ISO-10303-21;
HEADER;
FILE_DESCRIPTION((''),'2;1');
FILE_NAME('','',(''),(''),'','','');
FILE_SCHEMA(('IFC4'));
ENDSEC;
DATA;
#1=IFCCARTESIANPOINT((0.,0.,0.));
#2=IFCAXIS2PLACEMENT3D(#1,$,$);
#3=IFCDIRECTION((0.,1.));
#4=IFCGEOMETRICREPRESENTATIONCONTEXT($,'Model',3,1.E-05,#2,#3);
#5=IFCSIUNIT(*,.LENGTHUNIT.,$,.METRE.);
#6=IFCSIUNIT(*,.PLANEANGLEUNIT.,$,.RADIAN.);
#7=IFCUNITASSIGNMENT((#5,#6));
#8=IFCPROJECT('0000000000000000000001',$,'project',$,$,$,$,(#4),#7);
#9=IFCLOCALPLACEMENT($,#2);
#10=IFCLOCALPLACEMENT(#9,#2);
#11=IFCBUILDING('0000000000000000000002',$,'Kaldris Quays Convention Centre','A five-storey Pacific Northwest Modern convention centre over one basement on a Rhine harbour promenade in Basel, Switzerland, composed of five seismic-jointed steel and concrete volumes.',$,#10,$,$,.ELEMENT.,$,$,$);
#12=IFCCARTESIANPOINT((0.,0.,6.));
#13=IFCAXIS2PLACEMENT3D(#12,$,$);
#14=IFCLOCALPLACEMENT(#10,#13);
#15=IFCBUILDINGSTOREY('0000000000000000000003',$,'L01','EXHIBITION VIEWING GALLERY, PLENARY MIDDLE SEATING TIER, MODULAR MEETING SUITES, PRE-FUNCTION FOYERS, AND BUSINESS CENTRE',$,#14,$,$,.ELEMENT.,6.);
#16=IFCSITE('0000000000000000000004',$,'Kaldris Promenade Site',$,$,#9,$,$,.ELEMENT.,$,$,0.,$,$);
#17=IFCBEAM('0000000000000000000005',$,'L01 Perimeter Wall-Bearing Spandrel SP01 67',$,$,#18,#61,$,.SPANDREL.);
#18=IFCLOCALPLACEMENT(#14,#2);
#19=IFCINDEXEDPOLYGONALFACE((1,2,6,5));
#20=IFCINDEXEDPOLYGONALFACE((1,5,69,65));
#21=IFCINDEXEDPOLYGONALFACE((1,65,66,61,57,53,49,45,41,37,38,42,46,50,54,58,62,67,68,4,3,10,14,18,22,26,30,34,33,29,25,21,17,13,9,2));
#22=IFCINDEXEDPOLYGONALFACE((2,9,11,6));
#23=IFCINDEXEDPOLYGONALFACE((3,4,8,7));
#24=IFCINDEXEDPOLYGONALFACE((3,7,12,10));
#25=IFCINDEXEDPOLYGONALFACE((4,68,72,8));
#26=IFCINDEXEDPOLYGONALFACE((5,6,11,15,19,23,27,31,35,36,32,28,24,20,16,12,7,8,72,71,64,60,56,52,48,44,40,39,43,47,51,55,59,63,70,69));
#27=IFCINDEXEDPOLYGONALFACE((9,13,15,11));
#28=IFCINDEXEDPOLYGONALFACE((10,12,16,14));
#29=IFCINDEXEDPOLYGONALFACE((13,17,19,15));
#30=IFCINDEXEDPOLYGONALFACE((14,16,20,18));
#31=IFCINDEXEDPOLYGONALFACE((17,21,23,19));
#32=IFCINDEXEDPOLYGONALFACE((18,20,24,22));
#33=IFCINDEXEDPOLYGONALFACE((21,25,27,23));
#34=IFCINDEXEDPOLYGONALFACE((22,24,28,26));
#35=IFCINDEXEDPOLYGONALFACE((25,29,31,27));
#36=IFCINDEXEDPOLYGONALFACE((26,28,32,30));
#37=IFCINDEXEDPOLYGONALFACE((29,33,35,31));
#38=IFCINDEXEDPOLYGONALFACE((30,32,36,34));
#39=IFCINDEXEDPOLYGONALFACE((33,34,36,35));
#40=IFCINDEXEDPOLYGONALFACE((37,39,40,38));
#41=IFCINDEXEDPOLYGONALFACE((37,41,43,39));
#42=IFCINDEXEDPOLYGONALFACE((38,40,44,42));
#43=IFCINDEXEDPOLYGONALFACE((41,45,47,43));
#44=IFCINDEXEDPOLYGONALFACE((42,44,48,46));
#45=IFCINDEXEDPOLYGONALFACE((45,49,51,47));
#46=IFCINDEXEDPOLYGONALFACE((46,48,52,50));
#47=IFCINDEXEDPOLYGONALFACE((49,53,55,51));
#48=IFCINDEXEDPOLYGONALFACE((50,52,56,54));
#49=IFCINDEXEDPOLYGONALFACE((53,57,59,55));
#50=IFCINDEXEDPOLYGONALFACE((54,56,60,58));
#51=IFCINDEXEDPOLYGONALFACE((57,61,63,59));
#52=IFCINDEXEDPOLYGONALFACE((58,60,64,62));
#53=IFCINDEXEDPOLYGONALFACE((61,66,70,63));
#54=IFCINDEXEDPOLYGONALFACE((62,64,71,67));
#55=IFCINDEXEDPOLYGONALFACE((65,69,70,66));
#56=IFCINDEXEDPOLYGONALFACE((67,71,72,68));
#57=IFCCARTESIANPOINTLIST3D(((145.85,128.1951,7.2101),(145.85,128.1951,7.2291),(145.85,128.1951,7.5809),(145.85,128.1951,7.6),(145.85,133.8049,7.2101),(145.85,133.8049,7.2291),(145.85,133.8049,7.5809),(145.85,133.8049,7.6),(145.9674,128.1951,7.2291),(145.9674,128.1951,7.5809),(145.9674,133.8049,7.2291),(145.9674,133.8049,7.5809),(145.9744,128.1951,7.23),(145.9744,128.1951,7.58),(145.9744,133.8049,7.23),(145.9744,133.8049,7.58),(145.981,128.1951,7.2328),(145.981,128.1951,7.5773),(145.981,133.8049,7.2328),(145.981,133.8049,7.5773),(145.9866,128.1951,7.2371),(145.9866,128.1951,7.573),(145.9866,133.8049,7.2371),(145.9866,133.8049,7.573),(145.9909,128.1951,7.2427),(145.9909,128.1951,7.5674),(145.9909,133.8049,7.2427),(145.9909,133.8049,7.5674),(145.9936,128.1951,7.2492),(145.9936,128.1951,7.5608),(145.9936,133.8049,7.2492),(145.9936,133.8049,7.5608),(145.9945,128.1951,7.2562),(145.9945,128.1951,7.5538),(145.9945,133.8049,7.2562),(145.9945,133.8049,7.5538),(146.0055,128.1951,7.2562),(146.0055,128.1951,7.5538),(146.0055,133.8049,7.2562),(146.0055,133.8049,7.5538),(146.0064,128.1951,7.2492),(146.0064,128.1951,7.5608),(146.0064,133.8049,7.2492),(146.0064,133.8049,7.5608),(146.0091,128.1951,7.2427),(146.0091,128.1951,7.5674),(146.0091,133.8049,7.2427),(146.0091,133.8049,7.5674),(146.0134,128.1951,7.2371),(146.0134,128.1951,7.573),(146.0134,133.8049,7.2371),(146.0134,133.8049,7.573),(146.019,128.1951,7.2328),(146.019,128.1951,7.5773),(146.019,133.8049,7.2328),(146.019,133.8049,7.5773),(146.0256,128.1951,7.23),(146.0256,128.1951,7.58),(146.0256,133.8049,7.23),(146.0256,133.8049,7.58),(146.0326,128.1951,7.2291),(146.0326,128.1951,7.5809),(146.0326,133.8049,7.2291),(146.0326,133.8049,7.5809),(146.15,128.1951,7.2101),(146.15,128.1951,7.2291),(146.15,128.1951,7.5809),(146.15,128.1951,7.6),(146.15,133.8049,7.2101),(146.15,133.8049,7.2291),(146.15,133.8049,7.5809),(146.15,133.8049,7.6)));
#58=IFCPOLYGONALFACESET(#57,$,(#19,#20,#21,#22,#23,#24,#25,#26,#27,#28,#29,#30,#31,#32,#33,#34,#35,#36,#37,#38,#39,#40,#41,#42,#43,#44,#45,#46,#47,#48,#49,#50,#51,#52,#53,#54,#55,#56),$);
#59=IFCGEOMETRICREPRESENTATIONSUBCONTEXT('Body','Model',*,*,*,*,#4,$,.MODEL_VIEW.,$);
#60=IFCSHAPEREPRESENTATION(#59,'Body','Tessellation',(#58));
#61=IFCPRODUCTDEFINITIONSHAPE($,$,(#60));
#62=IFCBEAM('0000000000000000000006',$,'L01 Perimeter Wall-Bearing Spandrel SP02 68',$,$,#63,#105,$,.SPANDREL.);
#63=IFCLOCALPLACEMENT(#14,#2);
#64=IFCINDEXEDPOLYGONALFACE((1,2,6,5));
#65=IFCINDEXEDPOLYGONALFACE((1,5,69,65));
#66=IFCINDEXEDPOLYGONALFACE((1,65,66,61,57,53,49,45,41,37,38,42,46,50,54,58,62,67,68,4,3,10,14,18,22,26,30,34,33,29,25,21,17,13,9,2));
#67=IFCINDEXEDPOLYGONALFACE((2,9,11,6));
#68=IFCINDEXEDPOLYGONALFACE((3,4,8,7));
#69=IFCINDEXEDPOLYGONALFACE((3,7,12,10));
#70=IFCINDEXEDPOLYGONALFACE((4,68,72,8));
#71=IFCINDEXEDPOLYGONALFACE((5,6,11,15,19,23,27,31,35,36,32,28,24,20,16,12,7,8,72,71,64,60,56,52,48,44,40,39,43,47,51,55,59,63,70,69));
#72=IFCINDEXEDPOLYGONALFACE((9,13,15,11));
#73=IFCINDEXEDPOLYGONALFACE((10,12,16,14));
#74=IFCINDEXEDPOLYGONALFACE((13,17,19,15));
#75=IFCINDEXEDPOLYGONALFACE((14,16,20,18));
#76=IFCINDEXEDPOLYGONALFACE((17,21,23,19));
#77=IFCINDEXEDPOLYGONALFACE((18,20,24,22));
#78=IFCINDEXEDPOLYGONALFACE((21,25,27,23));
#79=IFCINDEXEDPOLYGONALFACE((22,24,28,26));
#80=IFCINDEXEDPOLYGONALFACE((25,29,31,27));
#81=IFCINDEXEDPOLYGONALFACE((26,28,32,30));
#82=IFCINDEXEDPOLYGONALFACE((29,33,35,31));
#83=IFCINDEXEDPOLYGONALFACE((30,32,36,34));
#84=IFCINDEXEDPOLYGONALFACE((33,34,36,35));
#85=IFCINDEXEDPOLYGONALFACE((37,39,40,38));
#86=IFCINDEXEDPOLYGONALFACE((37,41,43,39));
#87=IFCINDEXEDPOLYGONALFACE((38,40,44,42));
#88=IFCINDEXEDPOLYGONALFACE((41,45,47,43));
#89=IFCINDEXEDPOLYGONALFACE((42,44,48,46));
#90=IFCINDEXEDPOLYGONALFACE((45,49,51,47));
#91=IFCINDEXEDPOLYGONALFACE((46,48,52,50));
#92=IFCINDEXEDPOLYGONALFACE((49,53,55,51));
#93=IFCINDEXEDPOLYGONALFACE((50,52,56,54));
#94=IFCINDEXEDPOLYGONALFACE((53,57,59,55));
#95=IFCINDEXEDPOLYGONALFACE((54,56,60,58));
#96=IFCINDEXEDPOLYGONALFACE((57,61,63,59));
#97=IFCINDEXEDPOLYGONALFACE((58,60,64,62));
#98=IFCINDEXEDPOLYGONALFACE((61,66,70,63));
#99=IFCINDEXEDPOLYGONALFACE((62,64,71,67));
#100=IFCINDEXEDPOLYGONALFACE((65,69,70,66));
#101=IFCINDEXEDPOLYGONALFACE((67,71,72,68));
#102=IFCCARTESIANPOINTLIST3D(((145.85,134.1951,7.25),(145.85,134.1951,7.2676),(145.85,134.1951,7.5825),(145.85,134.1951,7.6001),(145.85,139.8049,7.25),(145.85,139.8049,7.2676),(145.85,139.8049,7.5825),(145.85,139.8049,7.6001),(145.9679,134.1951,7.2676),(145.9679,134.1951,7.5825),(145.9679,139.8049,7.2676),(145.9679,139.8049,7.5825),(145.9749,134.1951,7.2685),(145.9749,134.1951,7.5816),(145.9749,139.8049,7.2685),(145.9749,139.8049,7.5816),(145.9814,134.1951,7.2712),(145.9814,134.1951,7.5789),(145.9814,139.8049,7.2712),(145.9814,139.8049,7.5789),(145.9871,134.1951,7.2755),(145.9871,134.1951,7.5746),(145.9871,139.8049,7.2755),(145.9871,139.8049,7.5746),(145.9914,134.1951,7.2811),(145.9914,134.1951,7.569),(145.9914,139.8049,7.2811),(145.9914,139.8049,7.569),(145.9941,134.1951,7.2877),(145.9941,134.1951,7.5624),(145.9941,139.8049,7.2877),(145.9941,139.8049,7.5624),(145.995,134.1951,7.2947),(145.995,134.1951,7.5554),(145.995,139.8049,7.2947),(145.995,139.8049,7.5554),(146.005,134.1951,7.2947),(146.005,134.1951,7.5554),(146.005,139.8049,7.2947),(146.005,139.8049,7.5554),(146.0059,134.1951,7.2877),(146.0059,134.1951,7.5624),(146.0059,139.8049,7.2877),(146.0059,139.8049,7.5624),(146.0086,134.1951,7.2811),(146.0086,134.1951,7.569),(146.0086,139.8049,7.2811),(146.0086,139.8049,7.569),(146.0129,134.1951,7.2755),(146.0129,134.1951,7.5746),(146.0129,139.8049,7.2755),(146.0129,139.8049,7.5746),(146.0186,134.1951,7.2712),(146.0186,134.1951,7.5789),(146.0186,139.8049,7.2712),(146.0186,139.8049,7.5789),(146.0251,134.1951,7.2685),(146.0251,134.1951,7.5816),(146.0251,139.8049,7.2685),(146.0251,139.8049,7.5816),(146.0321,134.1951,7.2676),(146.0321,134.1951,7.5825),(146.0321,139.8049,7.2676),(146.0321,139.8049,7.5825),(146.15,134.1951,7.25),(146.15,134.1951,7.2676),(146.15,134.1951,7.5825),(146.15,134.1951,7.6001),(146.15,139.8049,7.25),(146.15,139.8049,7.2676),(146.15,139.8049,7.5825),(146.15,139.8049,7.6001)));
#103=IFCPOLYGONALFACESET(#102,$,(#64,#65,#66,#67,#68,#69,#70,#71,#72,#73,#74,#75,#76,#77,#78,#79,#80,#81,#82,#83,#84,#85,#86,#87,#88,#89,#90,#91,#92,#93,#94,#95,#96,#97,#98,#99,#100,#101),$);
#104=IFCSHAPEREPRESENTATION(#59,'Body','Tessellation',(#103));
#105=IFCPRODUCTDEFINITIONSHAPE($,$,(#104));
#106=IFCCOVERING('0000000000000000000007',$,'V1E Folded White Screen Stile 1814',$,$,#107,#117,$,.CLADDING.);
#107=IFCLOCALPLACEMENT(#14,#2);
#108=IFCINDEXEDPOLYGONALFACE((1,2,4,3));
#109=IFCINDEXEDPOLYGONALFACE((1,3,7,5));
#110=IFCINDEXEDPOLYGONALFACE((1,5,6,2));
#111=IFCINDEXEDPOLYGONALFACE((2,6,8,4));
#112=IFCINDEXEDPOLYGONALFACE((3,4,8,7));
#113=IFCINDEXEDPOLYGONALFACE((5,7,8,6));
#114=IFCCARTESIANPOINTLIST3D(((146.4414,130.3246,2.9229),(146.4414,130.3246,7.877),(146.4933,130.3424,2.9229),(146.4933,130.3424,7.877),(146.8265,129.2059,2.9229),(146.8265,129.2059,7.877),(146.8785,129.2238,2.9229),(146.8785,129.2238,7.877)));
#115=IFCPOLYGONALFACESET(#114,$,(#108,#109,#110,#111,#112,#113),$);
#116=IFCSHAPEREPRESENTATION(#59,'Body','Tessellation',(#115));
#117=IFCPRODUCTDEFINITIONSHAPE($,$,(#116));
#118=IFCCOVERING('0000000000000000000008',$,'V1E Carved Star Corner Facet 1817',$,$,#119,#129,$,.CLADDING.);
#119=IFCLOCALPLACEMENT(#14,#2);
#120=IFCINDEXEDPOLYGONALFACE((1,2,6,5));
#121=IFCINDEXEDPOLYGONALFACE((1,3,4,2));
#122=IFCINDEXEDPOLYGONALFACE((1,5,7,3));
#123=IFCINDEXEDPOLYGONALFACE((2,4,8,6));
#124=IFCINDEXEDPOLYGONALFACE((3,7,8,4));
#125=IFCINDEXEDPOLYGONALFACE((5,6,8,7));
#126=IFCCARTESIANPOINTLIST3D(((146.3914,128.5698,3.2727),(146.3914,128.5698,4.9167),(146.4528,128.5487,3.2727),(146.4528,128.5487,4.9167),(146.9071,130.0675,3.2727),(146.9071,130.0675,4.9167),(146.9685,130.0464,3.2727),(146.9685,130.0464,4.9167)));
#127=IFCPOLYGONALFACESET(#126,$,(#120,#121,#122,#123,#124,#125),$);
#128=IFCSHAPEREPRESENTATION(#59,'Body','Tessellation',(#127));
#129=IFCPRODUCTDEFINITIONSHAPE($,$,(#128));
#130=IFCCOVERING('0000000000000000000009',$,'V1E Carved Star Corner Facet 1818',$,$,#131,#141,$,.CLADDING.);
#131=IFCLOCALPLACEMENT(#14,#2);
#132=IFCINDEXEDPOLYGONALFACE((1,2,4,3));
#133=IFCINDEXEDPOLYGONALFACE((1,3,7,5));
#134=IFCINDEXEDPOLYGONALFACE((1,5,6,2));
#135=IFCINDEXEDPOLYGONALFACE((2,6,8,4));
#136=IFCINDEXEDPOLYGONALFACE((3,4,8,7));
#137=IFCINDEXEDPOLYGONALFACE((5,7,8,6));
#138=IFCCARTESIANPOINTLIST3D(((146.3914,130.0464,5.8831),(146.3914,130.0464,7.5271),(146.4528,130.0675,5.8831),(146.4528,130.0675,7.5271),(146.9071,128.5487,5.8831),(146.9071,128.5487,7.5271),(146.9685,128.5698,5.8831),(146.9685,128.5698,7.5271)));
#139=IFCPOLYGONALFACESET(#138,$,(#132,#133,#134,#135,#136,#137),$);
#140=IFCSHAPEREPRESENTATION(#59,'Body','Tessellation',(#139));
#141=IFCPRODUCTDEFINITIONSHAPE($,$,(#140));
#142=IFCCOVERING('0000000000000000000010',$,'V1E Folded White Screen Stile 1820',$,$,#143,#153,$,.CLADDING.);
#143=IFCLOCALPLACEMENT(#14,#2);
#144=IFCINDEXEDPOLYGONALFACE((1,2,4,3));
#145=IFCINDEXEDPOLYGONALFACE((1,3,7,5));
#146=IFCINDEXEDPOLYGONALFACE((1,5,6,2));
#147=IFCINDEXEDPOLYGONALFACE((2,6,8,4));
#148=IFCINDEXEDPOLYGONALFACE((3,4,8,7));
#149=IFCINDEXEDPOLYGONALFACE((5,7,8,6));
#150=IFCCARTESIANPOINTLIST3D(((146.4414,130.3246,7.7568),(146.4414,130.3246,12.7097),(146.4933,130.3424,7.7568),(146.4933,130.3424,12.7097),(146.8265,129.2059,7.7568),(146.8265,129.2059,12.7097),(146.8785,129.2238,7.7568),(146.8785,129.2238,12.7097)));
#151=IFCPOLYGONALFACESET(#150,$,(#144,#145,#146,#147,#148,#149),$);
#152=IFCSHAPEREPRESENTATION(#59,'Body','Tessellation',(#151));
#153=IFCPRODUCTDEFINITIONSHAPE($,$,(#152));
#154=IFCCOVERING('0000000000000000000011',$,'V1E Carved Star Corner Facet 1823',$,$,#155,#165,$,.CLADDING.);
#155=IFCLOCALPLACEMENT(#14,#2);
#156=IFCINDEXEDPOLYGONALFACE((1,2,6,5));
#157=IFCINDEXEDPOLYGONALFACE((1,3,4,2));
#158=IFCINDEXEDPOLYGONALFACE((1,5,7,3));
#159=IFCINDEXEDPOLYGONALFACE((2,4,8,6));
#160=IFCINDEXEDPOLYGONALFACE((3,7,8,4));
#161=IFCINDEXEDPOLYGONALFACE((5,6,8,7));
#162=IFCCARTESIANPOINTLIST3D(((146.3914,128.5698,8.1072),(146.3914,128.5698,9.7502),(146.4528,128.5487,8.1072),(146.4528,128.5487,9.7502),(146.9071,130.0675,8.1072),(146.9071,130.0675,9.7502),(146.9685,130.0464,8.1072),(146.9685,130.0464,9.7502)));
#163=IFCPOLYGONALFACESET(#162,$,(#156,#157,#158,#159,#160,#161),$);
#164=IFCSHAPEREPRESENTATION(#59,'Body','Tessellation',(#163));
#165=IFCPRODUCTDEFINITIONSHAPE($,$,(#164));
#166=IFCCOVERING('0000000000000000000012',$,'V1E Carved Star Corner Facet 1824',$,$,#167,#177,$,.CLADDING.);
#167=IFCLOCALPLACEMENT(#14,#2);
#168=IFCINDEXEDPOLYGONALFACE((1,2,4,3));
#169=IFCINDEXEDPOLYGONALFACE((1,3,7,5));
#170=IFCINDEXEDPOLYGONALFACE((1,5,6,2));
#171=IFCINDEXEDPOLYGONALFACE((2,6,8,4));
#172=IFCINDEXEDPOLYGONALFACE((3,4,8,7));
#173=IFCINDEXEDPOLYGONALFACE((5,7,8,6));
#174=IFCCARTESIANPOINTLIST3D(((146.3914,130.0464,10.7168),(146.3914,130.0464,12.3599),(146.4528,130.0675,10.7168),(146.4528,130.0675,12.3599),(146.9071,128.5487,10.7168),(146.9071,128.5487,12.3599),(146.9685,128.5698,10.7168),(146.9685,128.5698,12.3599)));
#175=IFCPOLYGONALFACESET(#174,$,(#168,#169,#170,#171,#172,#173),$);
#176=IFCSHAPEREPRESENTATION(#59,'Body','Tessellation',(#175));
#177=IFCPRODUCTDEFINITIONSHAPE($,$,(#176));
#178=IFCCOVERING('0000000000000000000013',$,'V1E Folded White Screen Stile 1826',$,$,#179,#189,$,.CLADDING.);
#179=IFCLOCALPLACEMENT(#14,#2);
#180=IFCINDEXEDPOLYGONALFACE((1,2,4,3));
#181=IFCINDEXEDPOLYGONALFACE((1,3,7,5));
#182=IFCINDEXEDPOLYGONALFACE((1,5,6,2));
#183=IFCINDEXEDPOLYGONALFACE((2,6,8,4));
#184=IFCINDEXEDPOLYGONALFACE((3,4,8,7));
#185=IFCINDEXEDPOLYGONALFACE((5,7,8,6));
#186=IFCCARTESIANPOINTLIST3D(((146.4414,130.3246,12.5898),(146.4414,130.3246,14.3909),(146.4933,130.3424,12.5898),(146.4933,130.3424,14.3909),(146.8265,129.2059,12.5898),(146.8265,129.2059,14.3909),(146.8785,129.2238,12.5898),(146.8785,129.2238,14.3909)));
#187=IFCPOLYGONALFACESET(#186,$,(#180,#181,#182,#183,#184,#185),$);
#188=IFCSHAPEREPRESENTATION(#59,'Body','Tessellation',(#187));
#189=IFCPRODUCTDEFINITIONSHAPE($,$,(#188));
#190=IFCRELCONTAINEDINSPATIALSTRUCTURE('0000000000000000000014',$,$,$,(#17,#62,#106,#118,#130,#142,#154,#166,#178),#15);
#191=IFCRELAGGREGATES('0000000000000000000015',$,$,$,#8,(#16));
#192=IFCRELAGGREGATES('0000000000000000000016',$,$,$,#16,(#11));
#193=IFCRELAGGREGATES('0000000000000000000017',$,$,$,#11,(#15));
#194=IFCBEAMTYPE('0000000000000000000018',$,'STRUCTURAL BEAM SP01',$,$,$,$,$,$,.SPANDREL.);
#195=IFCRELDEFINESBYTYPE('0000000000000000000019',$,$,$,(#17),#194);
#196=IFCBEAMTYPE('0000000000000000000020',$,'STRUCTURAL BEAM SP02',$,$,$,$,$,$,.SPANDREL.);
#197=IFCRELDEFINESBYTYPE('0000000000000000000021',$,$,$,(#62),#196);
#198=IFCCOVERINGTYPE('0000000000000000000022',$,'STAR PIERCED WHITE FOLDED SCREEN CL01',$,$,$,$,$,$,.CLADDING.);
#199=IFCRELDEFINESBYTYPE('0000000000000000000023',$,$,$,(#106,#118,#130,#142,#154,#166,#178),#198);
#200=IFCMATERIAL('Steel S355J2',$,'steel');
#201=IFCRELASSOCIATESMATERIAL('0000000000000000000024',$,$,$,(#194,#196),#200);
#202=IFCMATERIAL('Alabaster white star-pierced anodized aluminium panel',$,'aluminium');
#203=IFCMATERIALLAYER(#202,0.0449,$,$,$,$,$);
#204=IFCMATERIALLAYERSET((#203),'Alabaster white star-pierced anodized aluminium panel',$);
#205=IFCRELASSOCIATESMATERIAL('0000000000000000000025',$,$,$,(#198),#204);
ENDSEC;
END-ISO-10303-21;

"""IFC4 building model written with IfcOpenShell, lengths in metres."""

from ifc_helpers import new_model, si_unit, direction, frame, origin, origin_2d, place, context, subcontext, project, spatial, rectangle, i_section, extrude, material, layer, layer_set, material_profile, profile_set, type_object, element, save


model = new_model("IFC4")

# Units and contexts
model_context = context("Model", 3, precision=1e-05, world=origin(), true_north=direction((0.0, 1.0)))
body_context = subcontext(model_context, "Body", "Model", "MODEL_VIEW")
ifc_project = project(units=[si_unit("LENGTHUNIT", "METRE"), si_unit("PLANEANGLEUNIT", "RADIAN")], contexts=[model_context])

# Site, building, storey
site_placement = place(None, origin())
site = spatial("IfcSite", under=ifc_project, at=site_placement, Name="Kaldris Promenade Site", CompositionType="ELEMENT", RefElevation=0.0)
building_placement = place(site_placement, origin())
building = spatial("IfcBuilding", under=site, at=building_placement, Name="Kaldris Quays Convention Centre", Description="A five-storey Pacific Northwest Modern convention centre over one basement on a Rhine harbour promenade in Basel, Switzerland, composed of five seismic-jointed steel and concrete volumes.", CompositionType="ELEMENT")
storey_placement = place(building_placement, frame((0.0, 0.0, 6.0)))
storey = spatial("IfcBuildingStorey", under=building, at=storey_placement, Name="L01", Description="EXHIBITION VIEWING GALLERY, PLENARY MIDDLE SEATING TIER, MODULAR MEETING SUITES, PRE-FUNCTION FOYERS, AND BUSINESS CENTRE", CompositionType="ELEMENT", Elevation=6.0)

# Beams
ifc_material_1 = material(Name="Steel S355J2", Category="steel")
ifc_material_profile_1 = material_profile(ifc_material_1, i_section(OverallWidth=0.3, OverallDepth=0.3899, WebThickness=0.011, FlangeThickness=0.019, FilletRadius=0.0271, at=origin_2d()), Name="HEA 400")
ifc_profile_set_1 = profile_set([ifc_material_profile_1], Name="Steel S355J2")
beam_type_1 = type_object("IfcBeamType", Name="STRUCTURAL BEAM SP01", PredefinedType="SPANDREL", material=ifc_profile_set_1)
beam_1_placement = place(storey_placement, frame((146.0, 128.1951, 7.405), z_axis=(0.0, 1.0, 0.0), x_axis=(-1.0, 0.0, 0.0)))
element("IfcBeam", 1, at=beam_1_placement, inside=storey, type_object=beam_type_1, Name="L01 Perimeter Wall-Bearing Spandrel SP01 67", PredefinedType="SPANDREL", context=body_context, shape_type="SweptSolid", body=[
    extrude(i_section(OverallWidth=0.3, OverallDepth=0.3899, WebThickness=0.011, FlangeThickness=0.019, FilletRadius=0.0271, at=origin_2d()), origin(), (0.0, 0.0, 1.0), 5.6099),
])
ifc_material_profile_2 = material_profile(ifc_material_1, i_section(OverallWidth=0.3, OverallDepth=0.3501, WebThickness=0.01, FlangeThickness=0.0176, FilletRadius=0.0271, at=origin_2d()), Name="HEA 360")
ifc_profile_set_2 = profile_set([ifc_material_profile_2], Name="Steel S355J2")
beam_type_2 = type_object("IfcBeamType", Name="STRUCTURAL BEAM SP02", PredefinedType="SPANDREL", material=ifc_profile_set_2)
beam_2_placement = place(storey_placement, frame((146.0, 134.1951, 7.425), z_axis=(0.0, 1.0, 0.0), x_axis=(-1.0, 0.0, 0.0)))
element("IfcBeam", 2, at=beam_2_placement, inside=storey, type_object=beam_type_2, Name="L01 Perimeter Wall-Bearing Spandrel SP02 68", PredefinedType="SPANDREL", context=body_context, shape_type="SweptSolid", body=[
    extrude(i_section(OverallWidth=0.3, OverallDepth=0.3501, WebThickness=0.01, FlangeThickness=0.0176, FilletRadius=0.0271, at=origin_2d()), origin(), (0.0, 0.0, 1.0), 5.6099),
])

# Coverings
ifc_material_2 = material(Name="Alabaster white star-pierced anodized aluminium panel", Category="aluminium")
ifc_layer = layer(ifc_material_2, 0.0449)
ifc_layer_set = layer_set([ifc_layer], Name="Alabaster white star-pierced anodized aluminium panel")
covering_type = type_object("IfcCoveringType", Name="STAR PIERCED WHITE FOLDED SCREEN CL01", PredefinedType="CLADDING", material=ifc_layer_set)
covering_1_placement = place(storey_placement, frame((146.6599, 129.7742, 2.9229), z_axis=(0.0, 0.0, 1.0), x_axis=(-0.325568, 0.945519, 0.0)))
element("IfcCovering", 3, at=covering_1_placement, inside=storey, type_object=covering_type, Name="V1E Folded White Screen Stile 1814", PredefinedType="CLADDING", context=body_context, shape_type="SweptSolid", body=[
    extrude(rectangle(XDim=1.1831, YDim=0.0549, at=origin_2d()), origin(), (0.0, 0.0, 1.0), 4.9541),
])
for number, where, z_axis, x_axis, name in (
    (4, (146.6799, 129.3081, 3.2727), (0.0, 0.0, 1.0), (0.325568, 0.945519, 0.0), "V1E Carved Star Corner Facet 1817"),
    (5, (146.6799, 129.3081, 5.8831), (0.0, 0.0, 1.0), (-0.325568, 0.945519, 0.0), "V1E Carved Star Corner Facet 1818"),
):
    element("IfcCovering", number, at=place(storey_placement, frame(where, z_axis=z_axis, x_axis=x_axis)), inside=storey, type_object=covering_type, Name=name, PredefinedType="CLADDING", context=body_context, shape_type="SweptSolid", body=[
        extrude(rectangle(XDim=1.584, YDim=0.0649, at=origin_2d()), origin(), (0.0, 0.0, 1.0), 1.644),
    ])
covering_2_placement = place(storey_placement, frame((146.6599, 129.7742, 7.7568), z_axis=(0.0, 0.0, 1.0), x_axis=(-0.325568, 0.945519, 0.0)))
element("IfcCovering", 6, at=covering_2_placement, inside=storey, type_object=covering_type, Name="V1E Folded White Screen Stile 1820", PredefinedType="CLADDING", context=body_context, shape_type="SweptSolid", body=[
    extrude(rectangle(XDim=1.1831, YDim=0.0549, at=origin_2d()), origin(), (0.0, 0.0, 1.0), 4.9529),
])
for number, where, z_axis, x_axis, name in (
    (7, (146.6799, 129.3081, 8.1072), (0.0, 0.0, 1.0), (0.325568, 0.945519, 0.0), "V1E Carved Star Corner Facet 1823"),
    (8, (146.6799, 129.3081, 10.7168), (0.0, 0.0, 1.0), (-0.325568, 0.945519, 0.0), "V1E Carved Star Corner Facet 1824"),
):
    element("IfcCovering", number, at=place(storey_placement, frame(where, z_axis=z_axis, x_axis=x_axis)), inside=storey, type_object=covering_type, Name=name, PredefinedType="CLADDING", context=body_context, shape_type="SweptSolid", body=[
        extrude(rectangle(XDim=1.584, YDim=0.0649, at=origin_2d()), origin(), (0.0, 0.0, 1.0), 1.6431),
    ])
covering_3_placement = place(storey_placement, frame((146.6599, 129.7742, 12.5898), z_axis=(0.0, 0.0, 1.0), x_axis=(-0.325568, 0.945519, 0.0)))
element("IfcCovering", 9, at=covering_3_placement, inside=storey, type_object=covering_type, Name="V1E Folded White Screen Stile 1826", PredefinedType="CLADDING", context=body_context, shape_type="SweptSolid", body=[
    extrude(rectangle(XDim=1.1831, YDim=0.0549, at=origin_2d()), origin(), (0.0, 0.0, 1.0), 1.801),
])

save(model, "model.ifc")
